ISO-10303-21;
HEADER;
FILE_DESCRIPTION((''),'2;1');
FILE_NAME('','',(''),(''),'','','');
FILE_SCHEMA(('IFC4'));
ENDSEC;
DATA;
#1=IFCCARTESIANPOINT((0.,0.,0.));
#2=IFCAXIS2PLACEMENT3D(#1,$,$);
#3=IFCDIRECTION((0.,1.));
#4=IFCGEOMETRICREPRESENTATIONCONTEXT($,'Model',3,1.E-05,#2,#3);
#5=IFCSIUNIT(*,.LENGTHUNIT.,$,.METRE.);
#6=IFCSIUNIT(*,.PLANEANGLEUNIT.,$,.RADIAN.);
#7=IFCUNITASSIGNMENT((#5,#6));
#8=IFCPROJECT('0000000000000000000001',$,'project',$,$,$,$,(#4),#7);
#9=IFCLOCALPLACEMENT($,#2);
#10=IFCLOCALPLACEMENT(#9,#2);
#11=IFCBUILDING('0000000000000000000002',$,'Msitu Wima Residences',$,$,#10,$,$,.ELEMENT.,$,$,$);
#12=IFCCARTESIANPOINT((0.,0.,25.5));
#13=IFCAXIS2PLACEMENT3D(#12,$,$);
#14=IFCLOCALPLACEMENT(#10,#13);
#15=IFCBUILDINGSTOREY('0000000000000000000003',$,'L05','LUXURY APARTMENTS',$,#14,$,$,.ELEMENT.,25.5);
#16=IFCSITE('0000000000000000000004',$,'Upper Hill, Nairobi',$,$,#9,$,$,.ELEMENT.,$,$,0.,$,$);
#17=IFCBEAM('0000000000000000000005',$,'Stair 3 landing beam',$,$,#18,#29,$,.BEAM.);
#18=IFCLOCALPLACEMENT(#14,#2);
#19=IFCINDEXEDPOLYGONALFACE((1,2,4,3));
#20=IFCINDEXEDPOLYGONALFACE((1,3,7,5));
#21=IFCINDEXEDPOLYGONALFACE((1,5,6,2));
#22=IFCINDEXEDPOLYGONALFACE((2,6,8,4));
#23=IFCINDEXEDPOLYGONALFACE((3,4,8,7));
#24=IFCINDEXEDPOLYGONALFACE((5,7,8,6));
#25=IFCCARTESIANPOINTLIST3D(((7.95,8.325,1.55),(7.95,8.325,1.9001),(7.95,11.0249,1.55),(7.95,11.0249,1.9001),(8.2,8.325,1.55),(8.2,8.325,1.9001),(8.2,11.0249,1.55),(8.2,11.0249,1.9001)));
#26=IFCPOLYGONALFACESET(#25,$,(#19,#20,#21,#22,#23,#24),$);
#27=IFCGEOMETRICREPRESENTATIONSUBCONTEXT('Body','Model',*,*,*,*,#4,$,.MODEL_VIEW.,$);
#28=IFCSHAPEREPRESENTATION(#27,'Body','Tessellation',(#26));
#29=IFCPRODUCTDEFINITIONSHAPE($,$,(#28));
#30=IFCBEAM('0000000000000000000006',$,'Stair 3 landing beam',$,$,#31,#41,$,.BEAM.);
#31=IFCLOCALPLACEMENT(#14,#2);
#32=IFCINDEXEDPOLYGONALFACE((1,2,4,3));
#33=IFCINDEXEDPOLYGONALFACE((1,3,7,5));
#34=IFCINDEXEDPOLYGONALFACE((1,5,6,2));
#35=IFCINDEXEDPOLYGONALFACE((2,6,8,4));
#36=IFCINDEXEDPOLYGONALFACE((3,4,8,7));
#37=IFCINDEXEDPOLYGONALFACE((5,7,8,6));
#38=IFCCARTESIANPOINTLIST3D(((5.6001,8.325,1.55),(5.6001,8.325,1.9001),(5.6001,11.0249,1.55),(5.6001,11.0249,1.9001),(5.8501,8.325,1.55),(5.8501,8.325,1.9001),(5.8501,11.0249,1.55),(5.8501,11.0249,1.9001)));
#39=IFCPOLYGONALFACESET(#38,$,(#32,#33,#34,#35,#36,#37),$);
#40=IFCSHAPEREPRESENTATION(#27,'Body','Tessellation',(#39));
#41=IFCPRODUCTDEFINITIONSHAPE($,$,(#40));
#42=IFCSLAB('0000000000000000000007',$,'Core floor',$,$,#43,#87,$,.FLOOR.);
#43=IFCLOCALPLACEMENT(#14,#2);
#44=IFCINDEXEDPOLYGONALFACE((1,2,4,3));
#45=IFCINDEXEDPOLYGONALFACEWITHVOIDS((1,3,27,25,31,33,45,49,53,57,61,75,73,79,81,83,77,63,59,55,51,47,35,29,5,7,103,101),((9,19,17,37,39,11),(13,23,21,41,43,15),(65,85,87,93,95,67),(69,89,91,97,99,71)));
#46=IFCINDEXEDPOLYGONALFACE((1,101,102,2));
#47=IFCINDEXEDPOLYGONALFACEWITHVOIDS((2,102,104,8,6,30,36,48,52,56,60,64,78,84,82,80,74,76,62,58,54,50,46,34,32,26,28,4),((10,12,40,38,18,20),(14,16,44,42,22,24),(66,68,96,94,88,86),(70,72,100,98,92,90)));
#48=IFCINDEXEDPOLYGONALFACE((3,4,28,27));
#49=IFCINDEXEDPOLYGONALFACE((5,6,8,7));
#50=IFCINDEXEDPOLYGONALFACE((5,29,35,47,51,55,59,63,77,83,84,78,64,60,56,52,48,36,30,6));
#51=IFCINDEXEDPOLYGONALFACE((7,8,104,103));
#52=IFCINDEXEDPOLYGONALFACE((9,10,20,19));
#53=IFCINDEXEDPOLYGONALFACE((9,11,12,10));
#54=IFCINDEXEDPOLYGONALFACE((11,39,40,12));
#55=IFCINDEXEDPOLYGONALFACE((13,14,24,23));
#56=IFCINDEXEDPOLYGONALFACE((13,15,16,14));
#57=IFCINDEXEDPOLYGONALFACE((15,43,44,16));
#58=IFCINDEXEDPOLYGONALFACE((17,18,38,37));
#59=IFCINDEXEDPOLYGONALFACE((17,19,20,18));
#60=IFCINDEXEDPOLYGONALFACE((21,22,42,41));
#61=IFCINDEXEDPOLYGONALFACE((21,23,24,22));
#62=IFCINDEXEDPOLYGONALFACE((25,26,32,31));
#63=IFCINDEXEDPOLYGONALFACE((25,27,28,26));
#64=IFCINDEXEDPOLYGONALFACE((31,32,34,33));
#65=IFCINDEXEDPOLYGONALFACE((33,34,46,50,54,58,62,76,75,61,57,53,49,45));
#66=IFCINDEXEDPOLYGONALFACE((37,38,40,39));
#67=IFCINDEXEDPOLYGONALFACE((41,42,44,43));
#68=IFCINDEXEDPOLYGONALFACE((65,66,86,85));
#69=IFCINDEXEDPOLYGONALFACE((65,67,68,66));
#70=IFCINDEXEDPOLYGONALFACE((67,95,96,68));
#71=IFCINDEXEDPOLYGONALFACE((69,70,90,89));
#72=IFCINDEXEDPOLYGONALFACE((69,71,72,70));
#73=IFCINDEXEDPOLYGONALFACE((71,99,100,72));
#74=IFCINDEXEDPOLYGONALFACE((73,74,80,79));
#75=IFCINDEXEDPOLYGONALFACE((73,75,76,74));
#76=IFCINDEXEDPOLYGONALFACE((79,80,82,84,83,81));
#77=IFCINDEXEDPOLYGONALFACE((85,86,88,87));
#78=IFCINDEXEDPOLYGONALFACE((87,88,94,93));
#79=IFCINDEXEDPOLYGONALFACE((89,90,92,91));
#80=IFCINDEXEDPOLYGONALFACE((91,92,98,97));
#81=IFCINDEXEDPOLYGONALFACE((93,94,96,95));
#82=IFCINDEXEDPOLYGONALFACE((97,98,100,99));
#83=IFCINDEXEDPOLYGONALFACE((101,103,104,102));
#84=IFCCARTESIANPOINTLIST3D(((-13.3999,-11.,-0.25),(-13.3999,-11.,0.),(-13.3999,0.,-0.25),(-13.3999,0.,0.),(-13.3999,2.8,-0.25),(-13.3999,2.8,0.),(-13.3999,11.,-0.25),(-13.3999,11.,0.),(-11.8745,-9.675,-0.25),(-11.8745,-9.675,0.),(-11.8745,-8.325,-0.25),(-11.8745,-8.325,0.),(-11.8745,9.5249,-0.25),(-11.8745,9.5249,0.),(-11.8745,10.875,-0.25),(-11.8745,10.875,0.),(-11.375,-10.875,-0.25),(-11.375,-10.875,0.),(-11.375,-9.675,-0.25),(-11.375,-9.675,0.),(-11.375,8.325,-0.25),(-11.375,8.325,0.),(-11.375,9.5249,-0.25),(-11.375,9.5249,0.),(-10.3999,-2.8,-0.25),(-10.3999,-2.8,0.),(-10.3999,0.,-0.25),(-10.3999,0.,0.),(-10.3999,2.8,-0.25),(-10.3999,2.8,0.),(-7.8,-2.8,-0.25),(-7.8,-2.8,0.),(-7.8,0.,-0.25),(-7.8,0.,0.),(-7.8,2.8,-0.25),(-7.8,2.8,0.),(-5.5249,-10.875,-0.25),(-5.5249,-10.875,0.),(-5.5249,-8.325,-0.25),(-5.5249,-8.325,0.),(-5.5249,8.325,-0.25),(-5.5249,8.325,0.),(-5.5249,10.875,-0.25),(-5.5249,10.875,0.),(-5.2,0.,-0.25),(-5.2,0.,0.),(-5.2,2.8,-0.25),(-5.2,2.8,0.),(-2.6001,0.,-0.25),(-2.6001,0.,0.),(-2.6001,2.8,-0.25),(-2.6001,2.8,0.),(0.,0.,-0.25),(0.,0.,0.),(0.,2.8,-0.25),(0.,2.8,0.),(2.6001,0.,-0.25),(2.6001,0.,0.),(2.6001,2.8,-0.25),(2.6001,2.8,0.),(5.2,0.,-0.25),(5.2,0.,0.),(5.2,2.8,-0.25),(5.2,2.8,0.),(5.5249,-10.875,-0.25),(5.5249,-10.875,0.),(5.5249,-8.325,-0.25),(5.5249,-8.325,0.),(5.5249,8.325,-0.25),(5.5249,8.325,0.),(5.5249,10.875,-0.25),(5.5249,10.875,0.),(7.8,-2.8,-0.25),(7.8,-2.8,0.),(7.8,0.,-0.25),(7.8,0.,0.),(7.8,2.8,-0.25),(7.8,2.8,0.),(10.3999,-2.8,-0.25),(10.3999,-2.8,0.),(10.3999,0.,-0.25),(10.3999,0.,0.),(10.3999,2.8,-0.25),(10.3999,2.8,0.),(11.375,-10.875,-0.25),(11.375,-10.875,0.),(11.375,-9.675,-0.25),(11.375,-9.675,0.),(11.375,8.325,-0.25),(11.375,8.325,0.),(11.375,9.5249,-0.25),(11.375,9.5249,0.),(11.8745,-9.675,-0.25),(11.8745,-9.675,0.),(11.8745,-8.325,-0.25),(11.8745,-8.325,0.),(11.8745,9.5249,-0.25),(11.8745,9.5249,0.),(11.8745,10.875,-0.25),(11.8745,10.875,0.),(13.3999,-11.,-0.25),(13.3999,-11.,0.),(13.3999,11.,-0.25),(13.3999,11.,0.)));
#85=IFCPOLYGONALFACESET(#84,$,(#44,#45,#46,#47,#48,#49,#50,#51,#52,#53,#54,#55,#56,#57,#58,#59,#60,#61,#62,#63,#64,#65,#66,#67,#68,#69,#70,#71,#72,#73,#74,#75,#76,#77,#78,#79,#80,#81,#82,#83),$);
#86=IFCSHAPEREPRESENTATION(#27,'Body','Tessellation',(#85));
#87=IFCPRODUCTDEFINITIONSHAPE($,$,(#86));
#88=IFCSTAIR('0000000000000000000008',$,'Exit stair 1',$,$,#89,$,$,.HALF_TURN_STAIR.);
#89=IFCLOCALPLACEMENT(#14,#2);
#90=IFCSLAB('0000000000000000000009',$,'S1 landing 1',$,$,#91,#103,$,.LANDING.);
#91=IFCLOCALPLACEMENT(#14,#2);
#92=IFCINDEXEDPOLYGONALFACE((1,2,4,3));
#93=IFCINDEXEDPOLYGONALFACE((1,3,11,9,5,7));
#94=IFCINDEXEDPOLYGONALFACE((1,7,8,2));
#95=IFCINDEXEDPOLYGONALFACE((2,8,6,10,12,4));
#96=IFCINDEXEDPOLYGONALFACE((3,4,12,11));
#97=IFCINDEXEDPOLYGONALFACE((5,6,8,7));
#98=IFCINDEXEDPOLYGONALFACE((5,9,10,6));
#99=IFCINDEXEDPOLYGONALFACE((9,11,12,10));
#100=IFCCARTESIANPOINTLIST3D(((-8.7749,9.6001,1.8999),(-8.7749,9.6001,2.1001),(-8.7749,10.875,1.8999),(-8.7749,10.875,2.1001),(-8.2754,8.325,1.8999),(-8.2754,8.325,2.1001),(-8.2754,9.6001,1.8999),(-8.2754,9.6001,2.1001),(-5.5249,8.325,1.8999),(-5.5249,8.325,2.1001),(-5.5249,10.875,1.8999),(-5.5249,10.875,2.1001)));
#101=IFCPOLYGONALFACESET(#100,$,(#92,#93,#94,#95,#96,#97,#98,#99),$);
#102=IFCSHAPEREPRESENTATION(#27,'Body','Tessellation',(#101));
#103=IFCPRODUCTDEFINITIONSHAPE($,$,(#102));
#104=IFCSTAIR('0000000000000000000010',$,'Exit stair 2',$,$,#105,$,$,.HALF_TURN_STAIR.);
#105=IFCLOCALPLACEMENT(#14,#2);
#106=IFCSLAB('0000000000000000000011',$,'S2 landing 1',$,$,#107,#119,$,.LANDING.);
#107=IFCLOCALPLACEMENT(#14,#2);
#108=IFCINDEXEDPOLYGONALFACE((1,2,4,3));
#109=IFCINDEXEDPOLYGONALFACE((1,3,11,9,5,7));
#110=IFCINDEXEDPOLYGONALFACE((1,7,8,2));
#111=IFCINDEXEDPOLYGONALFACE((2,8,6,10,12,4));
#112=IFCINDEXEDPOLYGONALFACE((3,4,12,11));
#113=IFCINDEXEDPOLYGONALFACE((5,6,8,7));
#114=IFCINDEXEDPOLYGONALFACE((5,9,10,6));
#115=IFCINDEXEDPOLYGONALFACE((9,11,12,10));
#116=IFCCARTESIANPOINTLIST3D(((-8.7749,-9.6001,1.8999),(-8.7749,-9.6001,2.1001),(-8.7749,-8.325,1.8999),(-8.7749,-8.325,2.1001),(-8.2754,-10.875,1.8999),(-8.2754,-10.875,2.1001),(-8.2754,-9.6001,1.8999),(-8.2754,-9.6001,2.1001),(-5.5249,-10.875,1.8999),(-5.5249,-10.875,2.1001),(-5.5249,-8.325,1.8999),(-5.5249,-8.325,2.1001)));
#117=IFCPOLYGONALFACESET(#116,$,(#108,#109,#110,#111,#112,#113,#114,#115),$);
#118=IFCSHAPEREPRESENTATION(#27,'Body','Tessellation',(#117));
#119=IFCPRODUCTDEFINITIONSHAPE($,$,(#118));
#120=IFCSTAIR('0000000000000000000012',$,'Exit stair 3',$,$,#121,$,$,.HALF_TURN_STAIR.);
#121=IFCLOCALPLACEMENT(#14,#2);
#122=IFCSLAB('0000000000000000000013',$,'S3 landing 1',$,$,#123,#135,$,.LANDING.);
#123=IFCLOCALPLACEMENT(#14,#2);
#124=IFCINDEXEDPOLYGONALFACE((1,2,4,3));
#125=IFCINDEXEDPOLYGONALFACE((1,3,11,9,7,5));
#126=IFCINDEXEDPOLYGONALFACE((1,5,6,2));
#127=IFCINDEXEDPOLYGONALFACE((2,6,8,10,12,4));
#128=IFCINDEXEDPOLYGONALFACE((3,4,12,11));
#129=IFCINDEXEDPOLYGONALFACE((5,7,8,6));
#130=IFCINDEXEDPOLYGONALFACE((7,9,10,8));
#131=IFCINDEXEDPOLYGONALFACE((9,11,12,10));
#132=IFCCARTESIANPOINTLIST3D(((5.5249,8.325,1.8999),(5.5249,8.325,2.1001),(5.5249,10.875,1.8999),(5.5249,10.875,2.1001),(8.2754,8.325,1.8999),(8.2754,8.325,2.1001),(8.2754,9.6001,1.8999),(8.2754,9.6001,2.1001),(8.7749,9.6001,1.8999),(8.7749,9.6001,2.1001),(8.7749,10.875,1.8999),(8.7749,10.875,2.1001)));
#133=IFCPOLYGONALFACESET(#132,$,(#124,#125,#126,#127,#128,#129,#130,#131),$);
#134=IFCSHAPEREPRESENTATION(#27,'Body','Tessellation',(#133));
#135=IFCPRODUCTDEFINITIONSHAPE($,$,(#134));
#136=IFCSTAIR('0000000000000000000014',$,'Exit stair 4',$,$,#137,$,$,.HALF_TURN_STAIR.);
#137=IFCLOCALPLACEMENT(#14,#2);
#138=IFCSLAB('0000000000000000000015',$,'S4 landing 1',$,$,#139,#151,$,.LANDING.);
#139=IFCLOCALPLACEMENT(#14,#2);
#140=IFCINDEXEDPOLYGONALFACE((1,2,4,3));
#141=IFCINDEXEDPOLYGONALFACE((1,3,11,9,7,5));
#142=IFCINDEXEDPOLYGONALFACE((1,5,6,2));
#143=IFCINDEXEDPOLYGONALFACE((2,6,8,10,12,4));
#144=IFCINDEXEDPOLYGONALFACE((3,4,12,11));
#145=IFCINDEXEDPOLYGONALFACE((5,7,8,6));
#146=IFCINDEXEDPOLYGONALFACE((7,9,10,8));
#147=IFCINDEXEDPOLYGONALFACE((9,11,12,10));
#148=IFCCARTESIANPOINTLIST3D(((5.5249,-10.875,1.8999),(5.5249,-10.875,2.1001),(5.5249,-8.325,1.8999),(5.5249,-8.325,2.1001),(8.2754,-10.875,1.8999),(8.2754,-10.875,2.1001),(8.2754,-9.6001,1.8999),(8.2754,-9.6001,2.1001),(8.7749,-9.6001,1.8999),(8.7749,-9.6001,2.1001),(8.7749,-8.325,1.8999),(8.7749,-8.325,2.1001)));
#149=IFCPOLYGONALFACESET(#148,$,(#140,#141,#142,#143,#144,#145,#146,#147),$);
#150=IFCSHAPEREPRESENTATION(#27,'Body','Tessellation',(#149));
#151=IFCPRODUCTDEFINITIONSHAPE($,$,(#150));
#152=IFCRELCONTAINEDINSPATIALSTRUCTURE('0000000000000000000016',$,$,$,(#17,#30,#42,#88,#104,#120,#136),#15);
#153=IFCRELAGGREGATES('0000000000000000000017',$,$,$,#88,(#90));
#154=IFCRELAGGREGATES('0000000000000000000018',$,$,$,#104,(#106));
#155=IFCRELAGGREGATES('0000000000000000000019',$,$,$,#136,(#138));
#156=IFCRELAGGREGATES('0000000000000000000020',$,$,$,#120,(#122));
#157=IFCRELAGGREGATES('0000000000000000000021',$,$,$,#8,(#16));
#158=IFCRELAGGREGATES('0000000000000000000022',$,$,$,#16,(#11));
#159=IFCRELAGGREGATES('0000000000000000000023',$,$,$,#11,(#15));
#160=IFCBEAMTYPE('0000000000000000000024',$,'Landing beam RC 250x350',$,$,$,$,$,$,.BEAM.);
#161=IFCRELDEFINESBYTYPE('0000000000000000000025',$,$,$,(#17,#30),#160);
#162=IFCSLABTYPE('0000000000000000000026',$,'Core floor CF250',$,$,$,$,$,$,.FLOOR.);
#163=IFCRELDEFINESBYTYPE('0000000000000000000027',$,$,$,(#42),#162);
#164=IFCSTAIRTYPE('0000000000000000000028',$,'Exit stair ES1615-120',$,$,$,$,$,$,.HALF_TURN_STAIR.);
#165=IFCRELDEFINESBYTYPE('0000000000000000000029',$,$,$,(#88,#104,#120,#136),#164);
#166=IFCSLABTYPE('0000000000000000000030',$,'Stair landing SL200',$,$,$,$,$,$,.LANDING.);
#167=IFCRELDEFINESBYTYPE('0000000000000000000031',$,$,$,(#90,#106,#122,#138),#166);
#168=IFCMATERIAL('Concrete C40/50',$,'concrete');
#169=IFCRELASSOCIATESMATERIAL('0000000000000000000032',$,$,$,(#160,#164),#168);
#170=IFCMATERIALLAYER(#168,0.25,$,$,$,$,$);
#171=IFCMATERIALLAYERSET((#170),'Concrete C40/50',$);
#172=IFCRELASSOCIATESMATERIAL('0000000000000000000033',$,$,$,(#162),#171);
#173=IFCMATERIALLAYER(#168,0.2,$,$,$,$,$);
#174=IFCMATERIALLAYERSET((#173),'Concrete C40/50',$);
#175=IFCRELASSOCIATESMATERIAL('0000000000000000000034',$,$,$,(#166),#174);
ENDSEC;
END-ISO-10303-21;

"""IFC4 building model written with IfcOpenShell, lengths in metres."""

from ifc_helpers import new_model, si_unit, direction, frame, origin, origin_2d, place, context, subcontext, project, spatial, polyline, rectangle, outline, extrude, material, layer, layer_set, material_profile, profile_set, type_object, element, aggregate, save


model = new_model("IFC4")

# Units and contexts
model_context = context("Model", 3, precision=1e-05, world=origin(), true_north=direction((0.0, 1.0)))
body_context = subcontext(model_context, "Body", "Model", "MODEL_VIEW")
ifc_project = project(units=[si_unit("LENGTHUNIT", "METRE"), si_unit("PLANEANGLEUNIT", "RADIAN")], contexts=[model_context])

# Site, building, storey
site_placement = place(None, origin())
site = spatial("IfcSite", under=ifc_project, at=site_placement, Name="Upper Hill, Nairobi", CompositionType="ELEMENT", RefElevation=0.0)
building_placement = place(site_placement, origin())
building = spatial("IfcBuilding", under=site, at=building_placement, Name="Msitu Wima Residences", CompositionType="ELEMENT")
storey_placement = place(building_placement, frame((0.0, 0.0, 25.5)))
storey = spatial("IfcBuildingStorey", under=building, at=storey_placement, Name="L05", Description="LUXURY APARTMENTS", CompositionType="ELEMENT", Elevation=25.5)

# Beams
ifc_material_1 = material(Name="Concrete C40/50", Category="concrete")
ifc_material_profile = material_profile(ifc_material_1, rectangle(XDim=0.25, YDim=0.3501, at=origin_2d()), Name="RC 250x350")
ifc_profile_set = profile_set([ifc_material_profile], Name="Concrete C40/50")
beam_type = type_object("IfcBeamType", Name="Landing beam RC 250x350", PredefinedType="BEAM", material=ifc_profile_set)
for number, where, z_axis, x_axis, name in (
    (1, (8.075, 8.325, 1.7251), (0.0, 1.0, 0.0), (-1.0, 0.0, 0.0), "Stair 3 landing beam"),
    (2, (5.7251, 8.325, 1.7251), (0.0, 1.0, 0.0), (-1.0, 0.0, 0.0), "Stair 3 landing beam"),
):
    element("IfcBeam", number, at=place(storey_placement, frame(where, z_axis=z_axis, x_axis=x_axis)), inside=storey, type_object=beam_type, Name=name, PredefinedType="BEAM", context=body_context, shape_type="SweptSolid", body=[
        extrude(rectangle(XDim=0.25, YDim=0.3501, at=origin_2d()), origin(), (0.0, 0.0, 1.0), 2.7),
    ])

# Slab
ifc_layer_1 = layer(ifc_material_1, 0.25)
ifc_layer_set_1 = layer_set([ifc_layer_1], Name="Concrete C40/50")
slab_type_1 = type_object("IfcSlabType", Name="Core floor CF250", PredefinedType="FLOOR", material=ifc_layer_set_1)
slab_1_placement = place(storey_placement, frame((0.0, 0.0, -0.25)))
element("IfcSlab", 3, at=slab_1_placement, inside=storey, type_object=slab_type_1, Name="Core floor", PredefinedType="FLOOR", context=body_context, shape_type="SweptSolid", body=[
    extrude(outline(polyline([(-13.3999, 11.0), (-13.3999, 2.8), (-10.3999, 2.8), (-7.8, 2.8), (-5.2, 2.8), (-2.6001, 2.8), (0.0, 2.8), (2.6001, 2.8), (5.2, 2.8), (7.8, 2.8), (10.3999, 2.8), (10.3999, 0.0), (10.3999, -2.8), (7.8, -2.8), (7.8, 0.0), (5.2, 0.0), (2.6001, 0.0), (0.0, 0.0), (-2.6001, 0.0), (-5.2, 0.0), (-7.8, 0.0), (-7.8, -2.8), (-10.3999, -2.8), (-10.3999, 0.0), (-13.3999, 0.0), (-13.3999, -11.0), (13.3999, -11.0), (13.3999, 11.0), (-13.3999, 11.0)]), holes=[polyline([(-11.375, -10.875), (-11.375, -9.675), (-11.8745, -9.675), (-11.8745, -8.325), (-5.5249, -8.325), (-5.5249, -10.875), (-11.375, -10.875)]), polyline([(-11.375, 9.5249), (-11.8745, 9.5249), (-11.8745, 10.875), (-5.5249, 10.875), (-5.5249, 8.325), (-11.375, 8.325), (-11.375, 9.5249)]), polyline([(11.375, -9.675), (11.375, -10.875), (5.5249, -10.875), (5.5249, -8.325), (11.8745, -8.325), (11.8745, -9.675), (11.375, -9.675)]), polyline([(11.375, 9.5249), (11.375, 8.325), (5.5249, 8.325), (5.5249, 10.875), (11.8745, 10.875), (11.8745, 9.5249), (11.375, 9.5249)])]), origin(), (0.0, 0.0, 1.0), 0.25),
])

# Stairs, slabs
stair_type = type_object("IfcStairType", Name="Exit stair ES1615-120", PredefinedType="HALF_TURN_STAIR", material=ifc_material_1)
stair_1_placement = place(storey_placement, origin())
stair_1 = element("IfcStair", 4, at=stair_1_placement, inside=storey, type_object=stair_type, Name="Exit stair 1", PredefinedType="HALF_TURN_STAIR")
ifc_layer_2 = layer(ifc_material_1, 0.2)
ifc_layer_set_2 = layer_set([ifc_layer_2], Name="Concrete C40/50")
slab_type_2 = type_object("IfcSlabType", Name="Stair landing SL200", PredefinedType="LANDING", material=ifc_layer_set_2)
slab_2_placement = place(storey_placement, frame((0.0, 0.0, 1.8999)))
slab_2 = element("IfcSlab", 5, at=slab_2_placement, type_object=slab_type_2, Name="S1 landing 1", PredefinedType="LANDING", context=body_context, shape_type="SweptSolid", body=[
    extrude(outline(polyline([(-5.5249, 8.325), (-8.2754, 8.325), (-8.2754, 9.6001), (-8.7749, 9.6001), (-8.7749, 10.875), (-5.5249, 10.875), (-5.5249, 8.325)])), origin(), (0.0, 0.0, 1.0), 0.2002),
])
aggregate(stair_1, [slab_2])
stair_2_placement = place(storey_placement, origin())
stair_2 = element("IfcStair", 6, at=stair_2_placement, inside=storey, type_object=stair_type, Name="Exit stair 2", PredefinedType="HALF_TURN_STAIR")
slab_3_placement = place(storey_placement, frame((0.0, 0.0, 1.8999)))
slab_3 = element("IfcSlab", 7, at=slab_3_placement, type_object=slab_type_2, Name="S2 landing 1", PredefinedType="LANDING", context=body_context, shape_type="SweptSolid", body=[
    extrude(outline(polyline([(-5.5249, -10.875), (-8.2754, -10.875), (-8.2754, -9.6001), (-8.7749, -9.6001), (-8.7749, -8.325), (-5.5249, -8.325), (-5.5249, -10.875)])), origin(), (0.0, 0.0, 1.0), 0.2002),
])
aggregate(stair_2, [slab_3])
stair_3_placement = place(storey_placement, origin())
stair_3 = element("IfcStair", 8, at=stair_3_placement, inside=storey, type_object=stair_type, Name="Exit stair 3", PredefinedType="HALF_TURN_STAIR")
slab_4_placement = place(storey_placement, frame((0.0, 0.0, 1.8999)))
slab_4 = element("IfcSlab", 9, at=slab_4_placement, type_object=slab_type_2, Name="S3 landing 1", PredefinedType="LANDING", context=body_context, shape_type="SweptSolid", body=[
    extrude(outline(polyline([(5.5249, 8.325), (8.2754, 8.325), (8.2754, 9.6001), (8.7749, 9.6001), (8.7749, 10.875), (5.5249, 10.875), (5.5249, 8.325)])), origin(), (0.0, 0.0, 1.0), 0.2002),
])
stair_4_placement = place(storey_placement, origin())
stair_4 = element("IfcStair", 10, at=stair_4_placement, inside=storey, type_object=stair_type, Name="Exit stair 4", PredefinedType="HALF_TURN_STAIR")
slab_5_placement = place(storey_placement, frame((0.0, 0.0, 1.8999)))
slab_5 = element("IfcSlab", 11, at=slab_5_placement, type_object=slab_type_2, Name="S4 landing 1", PredefinedType="LANDING", context=body_context, shape_type="SweptSolid", body=[
    extrude(outline(polyline([(5.5249, -10.875), (8.2754, -10.875), (8.2754, -9.6001), (8.7749, -9.6001), (8.7749, -8.325), (5.5249, -8.325), (5.5249, -10.875)])), origin(), (0.0, 0.0, 1.0), 0.2002),
])
aggregate(stair_4, [slab_5])

aggregate(stair_3, [slab_4])

save(model, "model.ifc")
